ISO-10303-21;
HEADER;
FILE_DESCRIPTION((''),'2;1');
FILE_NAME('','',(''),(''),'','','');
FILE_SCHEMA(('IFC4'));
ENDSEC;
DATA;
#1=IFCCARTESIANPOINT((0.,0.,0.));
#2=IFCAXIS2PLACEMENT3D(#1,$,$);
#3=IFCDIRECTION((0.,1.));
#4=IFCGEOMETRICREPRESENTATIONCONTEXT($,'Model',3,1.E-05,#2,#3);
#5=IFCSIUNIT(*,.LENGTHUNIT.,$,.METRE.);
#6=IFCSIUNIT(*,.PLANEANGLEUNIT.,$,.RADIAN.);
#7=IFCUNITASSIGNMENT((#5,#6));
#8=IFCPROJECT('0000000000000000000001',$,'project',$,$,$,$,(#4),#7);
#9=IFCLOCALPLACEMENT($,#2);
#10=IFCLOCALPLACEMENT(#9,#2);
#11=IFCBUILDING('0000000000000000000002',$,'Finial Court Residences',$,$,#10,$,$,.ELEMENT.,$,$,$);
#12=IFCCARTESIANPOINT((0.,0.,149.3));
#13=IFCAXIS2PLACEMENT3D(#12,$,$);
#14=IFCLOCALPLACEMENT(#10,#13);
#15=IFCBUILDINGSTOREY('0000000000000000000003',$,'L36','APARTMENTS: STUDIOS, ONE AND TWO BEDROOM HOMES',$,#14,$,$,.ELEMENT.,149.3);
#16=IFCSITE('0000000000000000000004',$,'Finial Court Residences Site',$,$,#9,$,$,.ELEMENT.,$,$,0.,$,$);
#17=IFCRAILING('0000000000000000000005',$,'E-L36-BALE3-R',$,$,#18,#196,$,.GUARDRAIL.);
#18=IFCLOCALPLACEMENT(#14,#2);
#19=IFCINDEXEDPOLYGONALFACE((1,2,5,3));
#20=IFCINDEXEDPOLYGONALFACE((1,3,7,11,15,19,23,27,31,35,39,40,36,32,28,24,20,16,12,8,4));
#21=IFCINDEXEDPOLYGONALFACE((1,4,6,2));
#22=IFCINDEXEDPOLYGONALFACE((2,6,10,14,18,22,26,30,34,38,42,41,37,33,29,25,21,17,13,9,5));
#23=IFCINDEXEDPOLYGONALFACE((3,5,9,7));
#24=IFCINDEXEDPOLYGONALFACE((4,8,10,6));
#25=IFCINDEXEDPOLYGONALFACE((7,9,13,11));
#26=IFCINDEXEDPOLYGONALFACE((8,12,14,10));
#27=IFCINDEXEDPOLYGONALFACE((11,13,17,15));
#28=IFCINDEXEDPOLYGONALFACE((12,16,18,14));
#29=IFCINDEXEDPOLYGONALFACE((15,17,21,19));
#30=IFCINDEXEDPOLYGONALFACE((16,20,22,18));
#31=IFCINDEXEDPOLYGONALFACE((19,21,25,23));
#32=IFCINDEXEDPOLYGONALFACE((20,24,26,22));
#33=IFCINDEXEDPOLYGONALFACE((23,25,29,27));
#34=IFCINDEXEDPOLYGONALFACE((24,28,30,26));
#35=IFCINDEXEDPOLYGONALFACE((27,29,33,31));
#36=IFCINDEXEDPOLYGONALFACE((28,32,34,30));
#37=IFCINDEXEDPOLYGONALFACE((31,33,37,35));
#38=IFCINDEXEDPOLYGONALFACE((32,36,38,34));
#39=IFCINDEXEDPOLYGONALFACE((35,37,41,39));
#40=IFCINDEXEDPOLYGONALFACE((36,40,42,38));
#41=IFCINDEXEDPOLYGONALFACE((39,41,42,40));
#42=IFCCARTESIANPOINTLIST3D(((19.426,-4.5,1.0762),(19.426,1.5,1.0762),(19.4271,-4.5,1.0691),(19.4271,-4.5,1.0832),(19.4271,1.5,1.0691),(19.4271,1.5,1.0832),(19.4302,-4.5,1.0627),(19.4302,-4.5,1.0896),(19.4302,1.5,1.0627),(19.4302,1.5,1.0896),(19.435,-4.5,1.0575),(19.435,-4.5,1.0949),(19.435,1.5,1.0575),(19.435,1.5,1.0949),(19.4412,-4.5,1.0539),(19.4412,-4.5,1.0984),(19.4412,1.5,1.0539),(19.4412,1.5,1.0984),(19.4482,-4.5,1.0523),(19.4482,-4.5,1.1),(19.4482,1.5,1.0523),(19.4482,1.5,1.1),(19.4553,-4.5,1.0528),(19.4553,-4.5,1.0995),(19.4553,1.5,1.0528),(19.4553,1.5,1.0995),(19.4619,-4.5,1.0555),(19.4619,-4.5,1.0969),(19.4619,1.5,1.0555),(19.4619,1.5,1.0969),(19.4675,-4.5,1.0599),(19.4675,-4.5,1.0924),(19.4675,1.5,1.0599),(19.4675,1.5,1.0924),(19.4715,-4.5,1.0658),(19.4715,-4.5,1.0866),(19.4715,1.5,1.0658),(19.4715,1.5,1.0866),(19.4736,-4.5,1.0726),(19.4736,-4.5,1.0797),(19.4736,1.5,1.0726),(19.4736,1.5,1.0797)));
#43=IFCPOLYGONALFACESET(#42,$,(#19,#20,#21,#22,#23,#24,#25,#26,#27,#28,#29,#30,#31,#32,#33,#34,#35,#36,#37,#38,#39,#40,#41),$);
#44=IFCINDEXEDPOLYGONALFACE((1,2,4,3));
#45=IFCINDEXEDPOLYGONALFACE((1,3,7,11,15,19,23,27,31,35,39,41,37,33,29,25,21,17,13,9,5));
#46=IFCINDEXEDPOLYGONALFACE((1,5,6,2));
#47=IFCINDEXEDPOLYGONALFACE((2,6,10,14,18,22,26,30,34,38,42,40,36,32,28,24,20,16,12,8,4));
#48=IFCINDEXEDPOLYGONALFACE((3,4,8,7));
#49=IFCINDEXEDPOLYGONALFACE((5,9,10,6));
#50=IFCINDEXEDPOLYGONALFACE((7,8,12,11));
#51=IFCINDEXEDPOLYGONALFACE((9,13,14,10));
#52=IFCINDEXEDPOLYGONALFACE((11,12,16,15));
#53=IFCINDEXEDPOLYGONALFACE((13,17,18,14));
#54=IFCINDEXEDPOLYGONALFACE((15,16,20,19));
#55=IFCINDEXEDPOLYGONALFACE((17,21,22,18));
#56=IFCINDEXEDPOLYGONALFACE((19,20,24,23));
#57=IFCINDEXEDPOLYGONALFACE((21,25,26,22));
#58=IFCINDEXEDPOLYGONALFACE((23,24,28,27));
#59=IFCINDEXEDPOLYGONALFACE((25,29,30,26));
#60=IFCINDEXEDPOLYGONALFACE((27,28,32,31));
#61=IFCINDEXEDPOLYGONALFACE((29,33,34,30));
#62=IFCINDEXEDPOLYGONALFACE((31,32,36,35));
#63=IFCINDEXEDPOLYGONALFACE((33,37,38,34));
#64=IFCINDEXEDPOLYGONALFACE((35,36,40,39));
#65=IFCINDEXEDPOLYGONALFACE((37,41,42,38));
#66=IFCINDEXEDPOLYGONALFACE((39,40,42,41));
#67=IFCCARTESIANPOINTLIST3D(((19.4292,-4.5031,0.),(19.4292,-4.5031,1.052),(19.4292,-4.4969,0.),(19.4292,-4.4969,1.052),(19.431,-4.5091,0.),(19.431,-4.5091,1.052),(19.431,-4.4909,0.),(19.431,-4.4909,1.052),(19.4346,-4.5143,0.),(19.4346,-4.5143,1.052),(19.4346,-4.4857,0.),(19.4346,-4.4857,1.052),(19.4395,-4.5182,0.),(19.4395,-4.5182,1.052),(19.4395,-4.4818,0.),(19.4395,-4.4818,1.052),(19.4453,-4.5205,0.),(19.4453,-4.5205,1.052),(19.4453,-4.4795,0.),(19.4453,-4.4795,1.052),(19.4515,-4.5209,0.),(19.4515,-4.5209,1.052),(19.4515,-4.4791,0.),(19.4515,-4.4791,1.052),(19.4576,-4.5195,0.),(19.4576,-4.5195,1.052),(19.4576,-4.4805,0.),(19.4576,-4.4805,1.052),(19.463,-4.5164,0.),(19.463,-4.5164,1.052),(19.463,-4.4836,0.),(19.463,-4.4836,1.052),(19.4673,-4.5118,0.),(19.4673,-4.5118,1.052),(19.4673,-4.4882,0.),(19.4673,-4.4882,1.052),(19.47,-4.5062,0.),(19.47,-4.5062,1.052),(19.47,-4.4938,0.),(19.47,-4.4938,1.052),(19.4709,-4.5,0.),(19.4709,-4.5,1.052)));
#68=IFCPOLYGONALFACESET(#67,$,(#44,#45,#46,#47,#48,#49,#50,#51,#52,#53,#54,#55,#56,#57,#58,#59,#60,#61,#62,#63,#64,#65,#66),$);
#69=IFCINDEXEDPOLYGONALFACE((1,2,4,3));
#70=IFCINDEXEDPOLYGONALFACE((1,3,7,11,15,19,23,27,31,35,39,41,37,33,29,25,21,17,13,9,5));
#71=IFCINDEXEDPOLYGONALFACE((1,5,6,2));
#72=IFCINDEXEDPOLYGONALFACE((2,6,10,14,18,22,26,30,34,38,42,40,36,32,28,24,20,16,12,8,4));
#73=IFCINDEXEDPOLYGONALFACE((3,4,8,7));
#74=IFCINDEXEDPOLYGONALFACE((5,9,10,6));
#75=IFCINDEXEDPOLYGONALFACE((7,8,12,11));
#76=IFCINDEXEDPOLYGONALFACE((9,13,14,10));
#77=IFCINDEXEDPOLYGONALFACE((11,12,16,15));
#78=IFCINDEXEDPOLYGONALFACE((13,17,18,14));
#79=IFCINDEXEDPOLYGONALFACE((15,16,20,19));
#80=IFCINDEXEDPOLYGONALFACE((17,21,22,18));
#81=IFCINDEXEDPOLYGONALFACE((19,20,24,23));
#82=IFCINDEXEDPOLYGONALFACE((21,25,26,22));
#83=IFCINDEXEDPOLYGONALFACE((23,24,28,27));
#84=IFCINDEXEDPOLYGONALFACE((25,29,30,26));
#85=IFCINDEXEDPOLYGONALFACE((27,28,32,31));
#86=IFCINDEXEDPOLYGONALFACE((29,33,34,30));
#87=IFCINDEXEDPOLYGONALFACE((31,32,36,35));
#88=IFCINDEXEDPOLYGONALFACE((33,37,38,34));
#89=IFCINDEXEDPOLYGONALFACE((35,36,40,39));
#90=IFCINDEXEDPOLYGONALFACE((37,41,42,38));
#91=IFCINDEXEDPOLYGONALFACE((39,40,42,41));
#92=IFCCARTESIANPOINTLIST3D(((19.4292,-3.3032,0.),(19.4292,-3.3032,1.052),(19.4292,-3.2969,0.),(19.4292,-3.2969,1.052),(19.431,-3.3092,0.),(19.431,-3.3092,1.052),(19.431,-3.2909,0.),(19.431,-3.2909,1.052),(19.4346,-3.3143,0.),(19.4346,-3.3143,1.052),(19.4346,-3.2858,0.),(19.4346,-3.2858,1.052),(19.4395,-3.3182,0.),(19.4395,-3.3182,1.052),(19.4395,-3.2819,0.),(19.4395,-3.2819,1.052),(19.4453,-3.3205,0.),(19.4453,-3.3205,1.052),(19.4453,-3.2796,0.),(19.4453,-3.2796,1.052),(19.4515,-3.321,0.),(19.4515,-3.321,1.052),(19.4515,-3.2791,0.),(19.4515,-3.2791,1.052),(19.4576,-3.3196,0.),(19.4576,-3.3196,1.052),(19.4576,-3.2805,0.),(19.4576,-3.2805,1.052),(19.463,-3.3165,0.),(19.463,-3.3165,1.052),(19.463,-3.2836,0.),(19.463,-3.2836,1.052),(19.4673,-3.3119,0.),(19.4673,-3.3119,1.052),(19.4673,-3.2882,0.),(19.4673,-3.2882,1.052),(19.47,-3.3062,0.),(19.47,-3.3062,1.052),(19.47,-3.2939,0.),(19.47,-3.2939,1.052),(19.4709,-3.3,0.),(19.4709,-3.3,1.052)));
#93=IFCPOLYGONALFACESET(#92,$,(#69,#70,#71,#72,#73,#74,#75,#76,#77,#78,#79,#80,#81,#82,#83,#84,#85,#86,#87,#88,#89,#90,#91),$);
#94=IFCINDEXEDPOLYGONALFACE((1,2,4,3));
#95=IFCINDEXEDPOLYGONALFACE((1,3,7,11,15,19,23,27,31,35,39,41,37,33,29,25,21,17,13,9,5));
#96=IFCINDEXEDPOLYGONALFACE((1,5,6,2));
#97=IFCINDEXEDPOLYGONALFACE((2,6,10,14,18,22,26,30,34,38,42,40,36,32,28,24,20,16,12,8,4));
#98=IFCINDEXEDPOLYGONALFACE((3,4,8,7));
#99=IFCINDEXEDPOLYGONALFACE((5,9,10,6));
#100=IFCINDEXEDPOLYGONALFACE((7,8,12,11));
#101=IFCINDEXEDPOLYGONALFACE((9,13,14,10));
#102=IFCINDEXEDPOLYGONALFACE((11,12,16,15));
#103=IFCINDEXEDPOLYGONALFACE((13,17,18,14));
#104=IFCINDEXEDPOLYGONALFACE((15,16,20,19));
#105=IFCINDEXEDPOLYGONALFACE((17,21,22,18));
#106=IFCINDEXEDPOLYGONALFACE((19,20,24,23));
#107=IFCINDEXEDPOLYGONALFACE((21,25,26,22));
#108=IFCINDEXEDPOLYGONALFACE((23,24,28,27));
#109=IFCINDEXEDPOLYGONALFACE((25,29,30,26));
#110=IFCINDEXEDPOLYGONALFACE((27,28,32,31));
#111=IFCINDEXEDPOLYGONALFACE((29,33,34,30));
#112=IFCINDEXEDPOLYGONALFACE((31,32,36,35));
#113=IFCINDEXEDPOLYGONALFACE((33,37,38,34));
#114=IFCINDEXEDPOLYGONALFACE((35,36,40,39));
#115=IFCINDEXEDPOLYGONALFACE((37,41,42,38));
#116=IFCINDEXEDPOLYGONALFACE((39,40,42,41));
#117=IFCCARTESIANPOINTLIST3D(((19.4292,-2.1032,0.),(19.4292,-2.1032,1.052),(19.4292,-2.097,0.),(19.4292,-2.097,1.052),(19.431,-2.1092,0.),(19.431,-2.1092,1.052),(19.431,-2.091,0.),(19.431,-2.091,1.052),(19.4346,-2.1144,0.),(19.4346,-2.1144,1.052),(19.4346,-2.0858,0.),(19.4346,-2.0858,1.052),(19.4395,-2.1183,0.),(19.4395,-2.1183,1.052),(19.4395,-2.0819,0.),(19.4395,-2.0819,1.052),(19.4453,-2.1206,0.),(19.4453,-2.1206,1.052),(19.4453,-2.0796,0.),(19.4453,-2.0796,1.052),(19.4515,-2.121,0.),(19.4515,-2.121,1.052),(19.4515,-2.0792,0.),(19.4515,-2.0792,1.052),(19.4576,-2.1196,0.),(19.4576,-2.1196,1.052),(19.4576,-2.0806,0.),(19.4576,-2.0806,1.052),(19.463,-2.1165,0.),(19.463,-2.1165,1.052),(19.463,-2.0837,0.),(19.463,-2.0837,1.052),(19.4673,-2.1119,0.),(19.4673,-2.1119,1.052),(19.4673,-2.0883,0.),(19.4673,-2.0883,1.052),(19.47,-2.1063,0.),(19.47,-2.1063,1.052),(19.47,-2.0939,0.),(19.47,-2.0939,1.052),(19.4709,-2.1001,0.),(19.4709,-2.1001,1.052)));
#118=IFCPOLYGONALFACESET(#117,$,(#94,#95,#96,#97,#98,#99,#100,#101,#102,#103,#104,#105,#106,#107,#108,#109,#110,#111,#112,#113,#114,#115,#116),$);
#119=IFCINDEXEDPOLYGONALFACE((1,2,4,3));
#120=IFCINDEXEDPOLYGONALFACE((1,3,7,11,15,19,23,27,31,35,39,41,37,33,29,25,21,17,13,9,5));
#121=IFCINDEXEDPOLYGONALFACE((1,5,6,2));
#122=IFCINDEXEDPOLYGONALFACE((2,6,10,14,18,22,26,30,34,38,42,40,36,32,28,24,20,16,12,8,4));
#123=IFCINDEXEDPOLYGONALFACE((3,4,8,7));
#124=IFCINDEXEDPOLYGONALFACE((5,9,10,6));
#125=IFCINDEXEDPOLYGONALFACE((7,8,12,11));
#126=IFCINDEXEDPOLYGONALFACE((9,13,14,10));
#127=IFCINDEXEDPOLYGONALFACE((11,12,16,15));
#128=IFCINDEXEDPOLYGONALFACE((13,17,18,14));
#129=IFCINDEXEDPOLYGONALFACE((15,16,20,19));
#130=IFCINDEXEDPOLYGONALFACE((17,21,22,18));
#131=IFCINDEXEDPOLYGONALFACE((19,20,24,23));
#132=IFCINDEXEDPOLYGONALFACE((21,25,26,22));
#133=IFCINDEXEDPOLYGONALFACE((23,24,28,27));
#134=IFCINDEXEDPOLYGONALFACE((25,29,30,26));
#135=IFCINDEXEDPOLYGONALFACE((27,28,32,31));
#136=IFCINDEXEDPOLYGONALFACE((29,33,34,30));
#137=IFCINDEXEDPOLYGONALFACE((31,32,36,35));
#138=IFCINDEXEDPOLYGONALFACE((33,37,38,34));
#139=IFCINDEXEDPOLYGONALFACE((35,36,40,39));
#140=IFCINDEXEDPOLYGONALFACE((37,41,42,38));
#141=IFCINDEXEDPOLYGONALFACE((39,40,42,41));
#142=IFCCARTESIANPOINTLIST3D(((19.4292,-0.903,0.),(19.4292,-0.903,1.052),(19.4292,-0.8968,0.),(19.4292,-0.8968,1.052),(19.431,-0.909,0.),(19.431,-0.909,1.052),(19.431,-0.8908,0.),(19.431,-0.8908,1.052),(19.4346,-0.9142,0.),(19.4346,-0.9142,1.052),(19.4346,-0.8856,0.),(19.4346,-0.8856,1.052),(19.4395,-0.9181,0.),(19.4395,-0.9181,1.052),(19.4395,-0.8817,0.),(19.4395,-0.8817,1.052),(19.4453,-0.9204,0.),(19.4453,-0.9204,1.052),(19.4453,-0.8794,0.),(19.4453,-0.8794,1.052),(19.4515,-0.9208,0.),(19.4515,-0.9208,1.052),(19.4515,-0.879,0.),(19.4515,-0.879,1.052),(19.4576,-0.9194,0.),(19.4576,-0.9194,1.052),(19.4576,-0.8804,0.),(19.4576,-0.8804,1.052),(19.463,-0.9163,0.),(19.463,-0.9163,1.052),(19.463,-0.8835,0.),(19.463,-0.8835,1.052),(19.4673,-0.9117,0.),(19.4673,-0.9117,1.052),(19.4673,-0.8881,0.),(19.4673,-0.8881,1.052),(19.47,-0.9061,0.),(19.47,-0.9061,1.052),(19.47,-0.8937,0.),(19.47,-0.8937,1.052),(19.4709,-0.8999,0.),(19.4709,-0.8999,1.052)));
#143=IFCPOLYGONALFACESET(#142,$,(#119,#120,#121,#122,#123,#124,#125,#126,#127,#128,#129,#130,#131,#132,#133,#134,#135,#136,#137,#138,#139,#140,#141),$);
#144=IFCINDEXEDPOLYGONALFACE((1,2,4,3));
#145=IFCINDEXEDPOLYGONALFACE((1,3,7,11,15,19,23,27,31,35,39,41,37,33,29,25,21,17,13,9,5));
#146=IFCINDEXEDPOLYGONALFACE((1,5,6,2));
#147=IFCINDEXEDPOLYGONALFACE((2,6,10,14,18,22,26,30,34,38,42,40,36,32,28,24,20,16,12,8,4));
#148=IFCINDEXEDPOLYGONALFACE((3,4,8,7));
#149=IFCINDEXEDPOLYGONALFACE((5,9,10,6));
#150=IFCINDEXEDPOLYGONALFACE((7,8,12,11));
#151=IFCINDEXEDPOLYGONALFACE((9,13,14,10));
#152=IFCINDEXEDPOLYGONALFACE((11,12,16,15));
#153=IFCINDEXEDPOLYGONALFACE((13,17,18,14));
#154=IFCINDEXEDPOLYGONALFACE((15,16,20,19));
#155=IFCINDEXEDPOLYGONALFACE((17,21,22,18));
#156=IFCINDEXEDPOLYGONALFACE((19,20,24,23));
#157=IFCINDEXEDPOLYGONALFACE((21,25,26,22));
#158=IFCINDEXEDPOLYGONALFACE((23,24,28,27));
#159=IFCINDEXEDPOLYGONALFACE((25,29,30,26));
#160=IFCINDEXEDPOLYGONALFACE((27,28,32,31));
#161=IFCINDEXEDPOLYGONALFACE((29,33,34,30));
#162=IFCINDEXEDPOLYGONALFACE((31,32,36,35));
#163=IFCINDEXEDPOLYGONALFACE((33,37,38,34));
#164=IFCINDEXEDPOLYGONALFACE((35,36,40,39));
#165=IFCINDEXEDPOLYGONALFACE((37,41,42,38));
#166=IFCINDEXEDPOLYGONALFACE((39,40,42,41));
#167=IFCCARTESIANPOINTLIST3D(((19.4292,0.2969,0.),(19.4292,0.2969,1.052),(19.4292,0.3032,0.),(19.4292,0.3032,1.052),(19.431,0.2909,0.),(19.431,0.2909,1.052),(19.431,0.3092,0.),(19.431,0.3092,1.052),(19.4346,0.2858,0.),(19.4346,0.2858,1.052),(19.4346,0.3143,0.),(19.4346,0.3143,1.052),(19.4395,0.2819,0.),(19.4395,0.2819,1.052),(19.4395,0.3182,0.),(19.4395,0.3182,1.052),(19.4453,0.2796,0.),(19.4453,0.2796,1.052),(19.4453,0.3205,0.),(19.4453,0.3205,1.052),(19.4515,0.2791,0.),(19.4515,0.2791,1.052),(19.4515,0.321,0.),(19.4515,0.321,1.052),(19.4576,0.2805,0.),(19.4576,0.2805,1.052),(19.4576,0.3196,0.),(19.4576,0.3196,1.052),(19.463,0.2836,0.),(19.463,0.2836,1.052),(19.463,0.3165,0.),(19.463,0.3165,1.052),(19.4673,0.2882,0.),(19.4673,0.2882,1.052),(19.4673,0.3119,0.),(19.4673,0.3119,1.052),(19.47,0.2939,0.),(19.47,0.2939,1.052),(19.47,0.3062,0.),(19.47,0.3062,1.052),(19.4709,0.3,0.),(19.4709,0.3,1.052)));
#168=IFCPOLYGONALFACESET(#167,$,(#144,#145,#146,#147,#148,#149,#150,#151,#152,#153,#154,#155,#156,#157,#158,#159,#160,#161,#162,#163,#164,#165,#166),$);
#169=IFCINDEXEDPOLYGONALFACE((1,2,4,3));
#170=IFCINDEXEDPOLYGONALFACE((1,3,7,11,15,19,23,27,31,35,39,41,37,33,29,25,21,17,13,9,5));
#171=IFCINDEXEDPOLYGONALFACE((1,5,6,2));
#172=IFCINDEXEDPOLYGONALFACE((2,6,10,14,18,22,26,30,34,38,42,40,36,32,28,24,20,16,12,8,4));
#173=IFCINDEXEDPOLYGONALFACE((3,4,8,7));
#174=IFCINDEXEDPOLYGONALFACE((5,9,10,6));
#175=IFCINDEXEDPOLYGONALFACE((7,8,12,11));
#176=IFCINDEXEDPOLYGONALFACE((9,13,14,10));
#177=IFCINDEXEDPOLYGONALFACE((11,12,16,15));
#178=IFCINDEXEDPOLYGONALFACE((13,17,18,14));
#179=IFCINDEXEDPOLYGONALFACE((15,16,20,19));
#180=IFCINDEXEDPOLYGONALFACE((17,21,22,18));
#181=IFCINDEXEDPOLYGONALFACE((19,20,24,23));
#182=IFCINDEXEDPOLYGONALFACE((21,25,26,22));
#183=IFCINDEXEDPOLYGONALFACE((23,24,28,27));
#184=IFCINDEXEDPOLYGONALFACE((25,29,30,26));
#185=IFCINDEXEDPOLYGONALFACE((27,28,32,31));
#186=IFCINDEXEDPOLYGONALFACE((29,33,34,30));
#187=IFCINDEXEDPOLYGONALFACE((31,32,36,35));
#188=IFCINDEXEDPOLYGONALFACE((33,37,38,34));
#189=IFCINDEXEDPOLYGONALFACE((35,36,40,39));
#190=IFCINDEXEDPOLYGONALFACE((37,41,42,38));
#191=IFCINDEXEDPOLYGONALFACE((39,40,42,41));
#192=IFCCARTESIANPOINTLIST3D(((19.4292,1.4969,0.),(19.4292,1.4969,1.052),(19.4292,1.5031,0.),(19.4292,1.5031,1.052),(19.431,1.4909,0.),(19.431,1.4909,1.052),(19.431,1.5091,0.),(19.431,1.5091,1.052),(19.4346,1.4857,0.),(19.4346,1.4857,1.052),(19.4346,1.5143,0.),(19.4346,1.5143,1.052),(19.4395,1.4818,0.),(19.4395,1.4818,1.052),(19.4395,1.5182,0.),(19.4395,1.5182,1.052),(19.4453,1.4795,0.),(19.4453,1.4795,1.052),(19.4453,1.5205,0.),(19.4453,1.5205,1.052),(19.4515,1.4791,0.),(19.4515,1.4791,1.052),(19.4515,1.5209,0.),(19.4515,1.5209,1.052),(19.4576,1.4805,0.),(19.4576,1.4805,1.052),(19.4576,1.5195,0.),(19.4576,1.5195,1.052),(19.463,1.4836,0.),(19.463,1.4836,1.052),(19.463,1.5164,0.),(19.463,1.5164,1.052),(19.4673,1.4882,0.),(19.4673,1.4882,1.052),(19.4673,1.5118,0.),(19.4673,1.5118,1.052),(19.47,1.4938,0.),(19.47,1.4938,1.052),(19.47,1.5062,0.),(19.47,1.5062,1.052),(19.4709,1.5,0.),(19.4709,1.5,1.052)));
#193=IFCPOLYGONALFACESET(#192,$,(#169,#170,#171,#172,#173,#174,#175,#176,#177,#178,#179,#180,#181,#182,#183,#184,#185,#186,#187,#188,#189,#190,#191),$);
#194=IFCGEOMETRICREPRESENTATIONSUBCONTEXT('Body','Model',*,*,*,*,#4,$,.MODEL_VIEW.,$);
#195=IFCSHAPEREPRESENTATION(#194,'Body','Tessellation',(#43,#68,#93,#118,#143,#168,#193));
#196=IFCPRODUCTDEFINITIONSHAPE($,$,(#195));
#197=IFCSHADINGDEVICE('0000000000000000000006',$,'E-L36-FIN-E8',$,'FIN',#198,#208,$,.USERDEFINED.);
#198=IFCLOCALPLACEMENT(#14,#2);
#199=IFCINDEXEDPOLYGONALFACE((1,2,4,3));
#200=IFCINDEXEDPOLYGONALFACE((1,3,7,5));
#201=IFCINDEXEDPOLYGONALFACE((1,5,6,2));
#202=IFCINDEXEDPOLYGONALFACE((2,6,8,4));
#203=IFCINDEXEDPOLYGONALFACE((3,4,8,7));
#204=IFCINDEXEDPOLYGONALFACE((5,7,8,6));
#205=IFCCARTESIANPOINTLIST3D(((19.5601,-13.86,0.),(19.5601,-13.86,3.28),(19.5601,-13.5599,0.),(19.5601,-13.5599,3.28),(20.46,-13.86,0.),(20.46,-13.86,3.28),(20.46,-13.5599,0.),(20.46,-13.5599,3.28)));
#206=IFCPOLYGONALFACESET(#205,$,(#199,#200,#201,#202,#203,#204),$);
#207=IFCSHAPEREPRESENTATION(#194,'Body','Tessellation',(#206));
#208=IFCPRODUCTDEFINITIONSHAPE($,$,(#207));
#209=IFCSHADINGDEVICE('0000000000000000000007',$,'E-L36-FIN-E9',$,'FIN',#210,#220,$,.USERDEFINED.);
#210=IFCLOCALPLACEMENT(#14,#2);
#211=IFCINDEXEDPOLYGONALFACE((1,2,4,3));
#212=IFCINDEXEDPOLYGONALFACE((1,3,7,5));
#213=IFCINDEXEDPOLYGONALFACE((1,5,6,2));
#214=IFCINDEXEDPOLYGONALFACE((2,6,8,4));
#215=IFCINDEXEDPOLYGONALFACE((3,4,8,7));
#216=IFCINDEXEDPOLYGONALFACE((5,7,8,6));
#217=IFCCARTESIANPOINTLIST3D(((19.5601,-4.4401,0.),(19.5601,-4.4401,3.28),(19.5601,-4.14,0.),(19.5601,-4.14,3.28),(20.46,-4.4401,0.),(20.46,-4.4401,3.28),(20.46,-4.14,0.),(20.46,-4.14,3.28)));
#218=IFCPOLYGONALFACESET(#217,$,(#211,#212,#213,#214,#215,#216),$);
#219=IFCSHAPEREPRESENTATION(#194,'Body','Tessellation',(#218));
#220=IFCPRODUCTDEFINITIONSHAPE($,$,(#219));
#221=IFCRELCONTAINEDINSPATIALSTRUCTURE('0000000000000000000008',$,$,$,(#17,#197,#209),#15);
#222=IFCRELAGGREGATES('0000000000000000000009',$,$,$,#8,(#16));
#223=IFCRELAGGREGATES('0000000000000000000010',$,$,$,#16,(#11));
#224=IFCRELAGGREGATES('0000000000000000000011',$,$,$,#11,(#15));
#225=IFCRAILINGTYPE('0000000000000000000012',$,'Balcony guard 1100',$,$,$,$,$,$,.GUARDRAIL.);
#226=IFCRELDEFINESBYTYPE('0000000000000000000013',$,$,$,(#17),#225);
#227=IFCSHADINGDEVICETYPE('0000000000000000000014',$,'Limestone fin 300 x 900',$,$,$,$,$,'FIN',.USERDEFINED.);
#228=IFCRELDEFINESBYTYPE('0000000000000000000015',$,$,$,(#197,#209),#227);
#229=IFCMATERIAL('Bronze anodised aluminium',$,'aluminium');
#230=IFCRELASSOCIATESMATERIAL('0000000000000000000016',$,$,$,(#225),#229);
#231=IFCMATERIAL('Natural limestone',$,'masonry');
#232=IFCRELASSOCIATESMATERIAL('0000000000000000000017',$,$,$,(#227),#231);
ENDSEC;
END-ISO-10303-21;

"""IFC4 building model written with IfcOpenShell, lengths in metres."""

from ifc_helpers import new_model, si_unit, direction, frame, origin, origin_2d, place, context, subcontext, project, spatial, rectangle, circle, extrude, material, type_object, element, save


model = new_model("IFC4")

# Units and contexts
model_context = context("Model", 3, precision=1e-05, world=origin(), true_north=direction((0.0, 1.0)))
body_context = subcontext(model_context, "Body", "Model", "MODEL_VIEW")
ifc_project = project(units=[si_unit("LENGTHUNIT", "METRE"), si_unit("PLANEANGLEUNIT", "RADIAN")], contexts=[model_context])

# Site, building, storey
site_placement = place(None, origin())
site = spatial("IfcSite", under=ifc_project, at=site_placement, Name="Finial Court Residences Site", CompositionType="ELEMENT", RefElevation=0.0)
building_placement = place(site_placement, origin())
building = spatial("IfcBuilding", under=site, at=building_placement, Name="Finial Court Residences", CompositionType="ELEMENT")
storey_placement = place(building_placement, frame((0.0, 0.0, 149.3)))
storey = spatial("IfcBuildingStorey", under=building, at=storey_placement, Name="L36", Description="APARTMENTS: STUDIOS, ONE AND TWO BEDROOM HOMES", CompositionType="ELEMENT", Elevation=149.3)

# Shared definitions
ifc_material_1 = material(Name="Bronze anodised aluminium", Category="aluminium")

# Shared definitions
ifc_material_2 = material(Name="Natural limestone", Category="masonry")

# Railing
railing_type = type_object("IfcRailingType", Name="Balcony guard 1100", PredefinedType="GUARDRAIL", material=ifc_material_1)
railing_placement = place(storey_placement, frame((19.45, -4.5, 0.0)))
element("IfcRailing", 1, at=railing_placement, inside=storey, type_object=railing_type, Name="E-L36-BALE3-R", PredefinedType="GUARDRAIL", context=body_context, shape_type="SweptSolid", body=[
    extrude(circle(Radius=0.0239, at=origin_2d()), frame((0.0, 0.0, 1.0762), z_axis=(0.0, 1.0, 0.0), x_axis=(-1.0, 0.0, 0.0)), (0.0, 0.0, 1.0), 6.0),
    extrude(circle(Radius=0.021, at=origin_2d()), origin(), (0.0, 0.0, 1.0), 1.052),
    extrude(circle(Radius=0.021, at=origin_2d()), frame((0.0, 1.2, 0.0)), (0.0, 0.0, 1.0), 1.052),
    extrude(circle(Radius=0.021, at=origin_2d()), frame((0.0, 2.3999, 0.0)), (0.0, 0.0, 1.0), 1.052),
    extrude(circle(Radius=0.021, at=origin_2d()), frame((0.0, 3.6001, 0.0)), (0.0, 0.0, 1.0), 1.052),
    extrude(circle(Radius=0.021, at=origin_2d()), frame((0.0, 4.8, 0.0)), (0.0, 0.0, 1.0), 1.052),
    extrude(circle(Radius=0.021, at=origin_2d()), frame((0.0, 6.0, 0.0)), (0.0, 0.0, 1.0), 1.052),
])

# Shading devices
shading_device_type = type_object("IfcShadingDeviceType", Name="Limestone fin 300 x 900", ElementType="FIN", PredefinedType="USERDEFINED", material=ifc_material_2)
for number, where, z_axis, x_axis, name in (
    (2, (20.01, -13.71, 0.0), (0.0, 0.0, 1.0), (1.0, 0.0, 0.0), "E-L36-FIN-E8"),
    (3, (20.01, -4.29, 0.0), (0.0, 0.0, 1.0), (1.0, 0.0, 0.0), "E-L36-FIN-E9"),
):
    element("IfcShadingDevice", number, at=place(storey_placement, frame(where, z_axis=z_axis, x_axis=x_axis)), inside=storey, type_object=shading_device_type, Name=name, ObjectType="FIN", PredefinedType="USERDEFINED", context=body_context, shape_type="SweptSolid", body=[
        extrude(rectangle(XDim=0.8999, YDim=0.3, at=origin_2d()), origin(), (0.0, 0.0, 1.0), 3.28),
    ])

save(model, "model.ifc")
